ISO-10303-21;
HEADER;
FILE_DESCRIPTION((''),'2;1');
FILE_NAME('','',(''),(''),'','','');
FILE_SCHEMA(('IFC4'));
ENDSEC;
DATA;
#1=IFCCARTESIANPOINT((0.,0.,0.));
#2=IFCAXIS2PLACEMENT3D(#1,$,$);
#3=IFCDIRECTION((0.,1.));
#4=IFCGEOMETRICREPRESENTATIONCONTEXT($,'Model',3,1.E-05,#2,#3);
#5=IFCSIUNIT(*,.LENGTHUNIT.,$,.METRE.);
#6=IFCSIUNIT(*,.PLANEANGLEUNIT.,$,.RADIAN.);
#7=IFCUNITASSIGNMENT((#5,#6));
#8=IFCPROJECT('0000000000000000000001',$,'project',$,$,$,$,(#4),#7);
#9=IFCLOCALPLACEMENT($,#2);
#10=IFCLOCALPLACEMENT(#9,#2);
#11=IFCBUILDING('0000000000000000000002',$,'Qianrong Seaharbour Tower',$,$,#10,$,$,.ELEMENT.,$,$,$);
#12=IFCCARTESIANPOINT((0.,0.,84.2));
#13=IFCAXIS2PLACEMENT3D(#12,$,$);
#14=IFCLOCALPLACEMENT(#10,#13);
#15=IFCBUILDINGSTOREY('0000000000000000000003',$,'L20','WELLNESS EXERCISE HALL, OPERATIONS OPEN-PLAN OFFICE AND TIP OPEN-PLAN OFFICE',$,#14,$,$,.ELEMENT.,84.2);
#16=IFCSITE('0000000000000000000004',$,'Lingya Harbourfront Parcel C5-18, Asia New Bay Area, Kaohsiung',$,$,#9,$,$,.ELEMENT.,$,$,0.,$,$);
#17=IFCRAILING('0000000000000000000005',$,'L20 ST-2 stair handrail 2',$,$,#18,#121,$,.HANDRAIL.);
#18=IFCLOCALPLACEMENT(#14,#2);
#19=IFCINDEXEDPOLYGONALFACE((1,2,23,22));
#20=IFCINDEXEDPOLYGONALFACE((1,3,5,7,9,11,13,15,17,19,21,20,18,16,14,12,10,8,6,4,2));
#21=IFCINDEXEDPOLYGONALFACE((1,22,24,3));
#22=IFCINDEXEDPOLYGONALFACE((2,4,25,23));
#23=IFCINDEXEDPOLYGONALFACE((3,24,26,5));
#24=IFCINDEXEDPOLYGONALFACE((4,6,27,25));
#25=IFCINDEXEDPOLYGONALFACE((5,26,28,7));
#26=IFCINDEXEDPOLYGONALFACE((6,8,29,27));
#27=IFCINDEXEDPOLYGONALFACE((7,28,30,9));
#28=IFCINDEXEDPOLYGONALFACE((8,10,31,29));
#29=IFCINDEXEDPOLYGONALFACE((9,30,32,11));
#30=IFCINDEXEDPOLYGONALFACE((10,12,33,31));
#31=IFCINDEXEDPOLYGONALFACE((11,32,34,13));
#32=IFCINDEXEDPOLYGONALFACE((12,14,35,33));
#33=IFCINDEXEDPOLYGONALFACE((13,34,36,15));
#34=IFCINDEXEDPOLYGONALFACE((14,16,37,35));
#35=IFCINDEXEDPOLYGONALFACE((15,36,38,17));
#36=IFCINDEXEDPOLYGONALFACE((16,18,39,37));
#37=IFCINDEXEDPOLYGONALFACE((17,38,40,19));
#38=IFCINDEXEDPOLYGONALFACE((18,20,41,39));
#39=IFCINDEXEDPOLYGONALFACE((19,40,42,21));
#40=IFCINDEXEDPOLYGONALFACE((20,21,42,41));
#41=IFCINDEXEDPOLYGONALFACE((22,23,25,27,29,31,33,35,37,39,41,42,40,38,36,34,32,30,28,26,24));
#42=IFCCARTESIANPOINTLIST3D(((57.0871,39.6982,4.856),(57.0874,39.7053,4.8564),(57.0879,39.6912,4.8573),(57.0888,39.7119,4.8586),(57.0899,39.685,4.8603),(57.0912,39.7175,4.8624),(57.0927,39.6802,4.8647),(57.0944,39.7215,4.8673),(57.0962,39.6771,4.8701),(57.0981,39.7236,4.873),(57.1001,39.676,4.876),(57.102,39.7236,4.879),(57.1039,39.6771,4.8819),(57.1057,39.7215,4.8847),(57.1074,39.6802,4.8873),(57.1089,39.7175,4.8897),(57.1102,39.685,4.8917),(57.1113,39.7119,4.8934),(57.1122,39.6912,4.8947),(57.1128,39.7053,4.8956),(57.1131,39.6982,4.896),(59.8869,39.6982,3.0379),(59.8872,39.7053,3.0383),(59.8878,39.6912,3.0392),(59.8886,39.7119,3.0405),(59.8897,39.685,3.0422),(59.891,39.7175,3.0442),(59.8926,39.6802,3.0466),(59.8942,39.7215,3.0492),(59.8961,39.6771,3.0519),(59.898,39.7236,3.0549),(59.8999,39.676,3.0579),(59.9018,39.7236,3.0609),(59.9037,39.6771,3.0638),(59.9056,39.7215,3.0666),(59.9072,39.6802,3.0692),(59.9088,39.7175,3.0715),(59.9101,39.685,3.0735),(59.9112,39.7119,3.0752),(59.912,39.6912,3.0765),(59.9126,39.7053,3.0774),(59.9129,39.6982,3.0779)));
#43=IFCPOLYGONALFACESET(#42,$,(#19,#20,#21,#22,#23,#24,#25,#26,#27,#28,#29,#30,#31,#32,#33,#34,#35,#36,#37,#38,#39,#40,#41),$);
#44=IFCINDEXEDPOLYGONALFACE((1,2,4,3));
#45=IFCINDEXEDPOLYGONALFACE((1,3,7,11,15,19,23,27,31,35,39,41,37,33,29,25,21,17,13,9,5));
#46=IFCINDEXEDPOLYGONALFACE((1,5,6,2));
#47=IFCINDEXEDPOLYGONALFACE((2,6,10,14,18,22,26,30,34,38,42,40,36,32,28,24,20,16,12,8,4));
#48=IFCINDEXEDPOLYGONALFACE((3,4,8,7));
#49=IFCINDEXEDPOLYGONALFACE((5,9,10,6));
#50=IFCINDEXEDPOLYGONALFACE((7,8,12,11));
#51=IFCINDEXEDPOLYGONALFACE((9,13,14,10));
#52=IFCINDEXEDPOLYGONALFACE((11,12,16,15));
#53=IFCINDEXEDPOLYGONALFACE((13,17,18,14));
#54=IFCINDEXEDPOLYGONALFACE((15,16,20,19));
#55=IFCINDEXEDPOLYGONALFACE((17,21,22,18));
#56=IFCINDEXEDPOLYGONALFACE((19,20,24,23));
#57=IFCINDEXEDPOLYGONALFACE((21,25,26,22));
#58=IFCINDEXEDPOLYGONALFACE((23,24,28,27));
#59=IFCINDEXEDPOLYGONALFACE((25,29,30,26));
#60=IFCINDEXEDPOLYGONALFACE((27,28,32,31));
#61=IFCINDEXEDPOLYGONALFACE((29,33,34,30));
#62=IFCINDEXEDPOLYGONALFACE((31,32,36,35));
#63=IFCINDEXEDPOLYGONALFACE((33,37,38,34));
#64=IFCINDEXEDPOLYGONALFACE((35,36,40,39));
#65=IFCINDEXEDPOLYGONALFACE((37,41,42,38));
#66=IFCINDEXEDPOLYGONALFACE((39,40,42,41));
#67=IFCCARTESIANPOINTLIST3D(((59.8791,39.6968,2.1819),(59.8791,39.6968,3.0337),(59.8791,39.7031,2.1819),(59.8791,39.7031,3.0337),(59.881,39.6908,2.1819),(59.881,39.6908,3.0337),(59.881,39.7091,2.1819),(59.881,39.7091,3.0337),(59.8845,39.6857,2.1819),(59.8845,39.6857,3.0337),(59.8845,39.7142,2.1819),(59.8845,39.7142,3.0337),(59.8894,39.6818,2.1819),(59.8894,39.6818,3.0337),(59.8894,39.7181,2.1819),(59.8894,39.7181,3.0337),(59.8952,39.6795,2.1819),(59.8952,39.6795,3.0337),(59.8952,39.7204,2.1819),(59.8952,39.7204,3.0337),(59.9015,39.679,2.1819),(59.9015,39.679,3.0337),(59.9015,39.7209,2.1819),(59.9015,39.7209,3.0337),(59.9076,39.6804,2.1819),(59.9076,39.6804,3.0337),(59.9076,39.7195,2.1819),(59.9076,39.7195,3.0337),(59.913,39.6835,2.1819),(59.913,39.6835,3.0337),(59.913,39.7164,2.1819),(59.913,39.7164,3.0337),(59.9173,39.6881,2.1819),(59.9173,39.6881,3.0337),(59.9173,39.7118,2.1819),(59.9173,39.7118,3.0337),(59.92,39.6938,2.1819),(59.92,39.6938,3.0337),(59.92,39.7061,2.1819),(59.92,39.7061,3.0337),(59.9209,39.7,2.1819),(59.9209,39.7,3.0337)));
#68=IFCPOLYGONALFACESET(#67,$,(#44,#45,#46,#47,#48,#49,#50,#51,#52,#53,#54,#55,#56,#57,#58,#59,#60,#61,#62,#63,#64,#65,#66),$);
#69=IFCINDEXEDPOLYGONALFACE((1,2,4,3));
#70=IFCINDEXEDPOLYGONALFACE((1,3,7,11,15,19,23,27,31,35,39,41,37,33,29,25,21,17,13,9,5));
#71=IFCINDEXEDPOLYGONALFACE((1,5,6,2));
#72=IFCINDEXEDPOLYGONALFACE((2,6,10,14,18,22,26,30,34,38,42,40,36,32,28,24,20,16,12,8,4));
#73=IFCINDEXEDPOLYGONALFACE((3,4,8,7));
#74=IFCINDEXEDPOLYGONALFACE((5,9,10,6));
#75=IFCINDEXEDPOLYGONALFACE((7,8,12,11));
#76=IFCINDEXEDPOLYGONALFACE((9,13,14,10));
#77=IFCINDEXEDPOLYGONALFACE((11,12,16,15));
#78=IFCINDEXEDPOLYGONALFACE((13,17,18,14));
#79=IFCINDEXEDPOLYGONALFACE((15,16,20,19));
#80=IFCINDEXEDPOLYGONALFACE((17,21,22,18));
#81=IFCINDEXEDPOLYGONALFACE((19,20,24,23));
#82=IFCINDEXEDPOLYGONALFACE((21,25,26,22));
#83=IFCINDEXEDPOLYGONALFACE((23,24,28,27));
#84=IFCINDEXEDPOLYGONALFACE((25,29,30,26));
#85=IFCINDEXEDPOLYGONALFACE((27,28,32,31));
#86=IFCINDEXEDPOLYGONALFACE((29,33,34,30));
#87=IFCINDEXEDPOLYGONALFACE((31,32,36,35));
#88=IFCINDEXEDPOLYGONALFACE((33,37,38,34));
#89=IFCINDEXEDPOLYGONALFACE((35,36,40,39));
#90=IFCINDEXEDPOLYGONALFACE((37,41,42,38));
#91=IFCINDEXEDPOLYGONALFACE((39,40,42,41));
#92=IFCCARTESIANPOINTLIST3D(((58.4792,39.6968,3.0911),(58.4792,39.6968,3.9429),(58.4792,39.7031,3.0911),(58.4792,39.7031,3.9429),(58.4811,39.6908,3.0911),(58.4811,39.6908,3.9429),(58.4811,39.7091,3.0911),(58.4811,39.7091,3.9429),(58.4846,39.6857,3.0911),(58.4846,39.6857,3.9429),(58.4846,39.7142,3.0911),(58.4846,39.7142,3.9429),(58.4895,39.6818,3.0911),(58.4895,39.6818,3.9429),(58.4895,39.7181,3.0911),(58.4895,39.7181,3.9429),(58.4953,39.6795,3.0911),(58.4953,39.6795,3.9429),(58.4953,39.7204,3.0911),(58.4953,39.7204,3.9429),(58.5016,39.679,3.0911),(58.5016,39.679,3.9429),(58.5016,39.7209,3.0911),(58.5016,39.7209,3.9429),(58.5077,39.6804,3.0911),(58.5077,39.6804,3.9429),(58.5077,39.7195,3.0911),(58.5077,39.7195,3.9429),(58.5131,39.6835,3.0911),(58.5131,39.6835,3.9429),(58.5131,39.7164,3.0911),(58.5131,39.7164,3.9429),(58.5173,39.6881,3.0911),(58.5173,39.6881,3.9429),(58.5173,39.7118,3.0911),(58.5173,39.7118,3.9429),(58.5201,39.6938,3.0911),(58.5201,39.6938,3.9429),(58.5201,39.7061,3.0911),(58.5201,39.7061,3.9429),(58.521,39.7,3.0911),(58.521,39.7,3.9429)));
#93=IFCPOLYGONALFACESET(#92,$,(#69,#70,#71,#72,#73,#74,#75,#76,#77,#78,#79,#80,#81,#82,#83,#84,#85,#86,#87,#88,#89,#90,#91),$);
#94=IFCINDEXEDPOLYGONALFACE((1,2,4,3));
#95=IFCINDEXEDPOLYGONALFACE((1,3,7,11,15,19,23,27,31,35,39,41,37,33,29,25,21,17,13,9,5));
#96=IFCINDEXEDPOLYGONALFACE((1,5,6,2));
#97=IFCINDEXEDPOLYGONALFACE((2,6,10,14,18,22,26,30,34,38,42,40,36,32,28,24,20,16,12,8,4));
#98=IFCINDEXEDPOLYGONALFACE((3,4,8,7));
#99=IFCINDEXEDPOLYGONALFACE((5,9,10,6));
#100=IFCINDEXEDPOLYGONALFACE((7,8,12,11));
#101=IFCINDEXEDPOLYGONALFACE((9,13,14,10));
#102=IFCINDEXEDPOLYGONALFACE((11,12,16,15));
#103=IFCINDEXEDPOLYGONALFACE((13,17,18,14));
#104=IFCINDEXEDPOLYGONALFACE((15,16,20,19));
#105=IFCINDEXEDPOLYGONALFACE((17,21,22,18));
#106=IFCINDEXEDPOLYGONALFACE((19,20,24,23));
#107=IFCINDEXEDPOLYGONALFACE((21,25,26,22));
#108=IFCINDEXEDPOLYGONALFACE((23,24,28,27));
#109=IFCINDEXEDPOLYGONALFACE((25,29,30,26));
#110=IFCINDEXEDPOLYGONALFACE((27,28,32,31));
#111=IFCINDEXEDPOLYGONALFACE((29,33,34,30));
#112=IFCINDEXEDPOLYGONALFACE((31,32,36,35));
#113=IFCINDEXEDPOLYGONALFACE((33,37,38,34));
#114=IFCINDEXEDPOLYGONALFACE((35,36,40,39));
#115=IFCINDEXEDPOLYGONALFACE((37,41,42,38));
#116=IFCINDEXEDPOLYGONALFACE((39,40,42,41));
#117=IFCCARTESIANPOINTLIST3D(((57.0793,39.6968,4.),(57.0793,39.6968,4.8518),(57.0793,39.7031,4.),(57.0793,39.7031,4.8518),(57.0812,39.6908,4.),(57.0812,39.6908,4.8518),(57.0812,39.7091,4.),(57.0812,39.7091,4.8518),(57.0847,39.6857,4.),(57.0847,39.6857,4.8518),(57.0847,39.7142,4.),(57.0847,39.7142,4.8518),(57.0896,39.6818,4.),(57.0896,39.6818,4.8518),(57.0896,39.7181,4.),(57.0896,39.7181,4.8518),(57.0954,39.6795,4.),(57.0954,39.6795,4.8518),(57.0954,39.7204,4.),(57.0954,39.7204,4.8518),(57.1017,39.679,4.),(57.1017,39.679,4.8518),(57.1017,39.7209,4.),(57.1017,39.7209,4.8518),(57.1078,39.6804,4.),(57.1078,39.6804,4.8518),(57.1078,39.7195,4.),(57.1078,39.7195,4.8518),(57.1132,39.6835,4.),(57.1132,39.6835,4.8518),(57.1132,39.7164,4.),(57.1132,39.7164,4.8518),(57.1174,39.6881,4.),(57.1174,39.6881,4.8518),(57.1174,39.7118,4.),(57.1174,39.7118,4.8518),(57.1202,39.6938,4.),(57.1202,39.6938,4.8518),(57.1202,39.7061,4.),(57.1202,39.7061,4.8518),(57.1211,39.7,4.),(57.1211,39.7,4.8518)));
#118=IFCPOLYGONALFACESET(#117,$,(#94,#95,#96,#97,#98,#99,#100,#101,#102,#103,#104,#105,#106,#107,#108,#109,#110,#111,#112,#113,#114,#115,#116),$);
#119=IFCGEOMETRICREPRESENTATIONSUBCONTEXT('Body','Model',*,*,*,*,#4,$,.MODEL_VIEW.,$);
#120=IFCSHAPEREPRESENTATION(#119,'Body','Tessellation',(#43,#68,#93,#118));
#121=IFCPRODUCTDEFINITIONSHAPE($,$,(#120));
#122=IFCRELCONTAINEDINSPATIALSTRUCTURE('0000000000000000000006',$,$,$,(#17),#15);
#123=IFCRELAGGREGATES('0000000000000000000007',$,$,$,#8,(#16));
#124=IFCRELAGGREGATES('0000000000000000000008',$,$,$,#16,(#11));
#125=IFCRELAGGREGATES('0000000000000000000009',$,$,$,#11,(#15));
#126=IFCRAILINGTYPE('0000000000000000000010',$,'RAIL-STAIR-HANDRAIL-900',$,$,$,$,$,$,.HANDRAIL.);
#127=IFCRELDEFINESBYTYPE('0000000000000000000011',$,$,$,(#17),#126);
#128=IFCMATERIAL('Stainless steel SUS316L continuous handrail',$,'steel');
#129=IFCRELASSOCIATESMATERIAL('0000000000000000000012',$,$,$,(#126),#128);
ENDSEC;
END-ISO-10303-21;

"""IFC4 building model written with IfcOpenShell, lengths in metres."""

from ifc_helpers import new_model, si_unit, direction, frame, origin, origin_2d, place, context, subcontext, project, spatial, circle, extrude, material, type_object, element, save


model = new_model("IFC4")

# Units and contexts
model_context = context("Model", 3, precision=1e-05, world=origin(), true_north=direction((0.0, 1.0)))
body_context = subcontext(model_context, "Body", "Model", "MODEL_VIEW")
ifc_project = project(units=[si_unit("LENGTHUNIT", "METRE"), si_unit("PLANEANGLEUNIT", "RADIAN")], contexts=[model_context])

# Site, building, storey
site_placement = place(None, origin())
site = spatial("IfcSite", under=ifc_project, at=site_placement, Name="Lingya Harbourfront Parcel C5-18, Asia New Bay Area, Kaohsiung", CompositionType="ELEMENT", RefElevation=0.0)
building_placement = place(site_placement, origin())
building = spatial("IfcBuilding", under=site, at=building_placement, Name="Qianrong Seaharbour Tower", CompositionType="ELEMENT")
storey_placement = place(building_placement, frame((0.0, 0.0, 84.2)))
storey = spatial("IfcBuildingStorey", under=building, at=storey_placement, Name="L20", Description="WELLNESS EXERCISE HALL, OPERATIONS OPEN-PLAN OFFICE AND TIP OPEN-PLAN OFFICE", CompositionType="ELEMENT", Elevation=84.2)

# Railing
ifc_material_1 = material(Name="Stainless steel SUS316L continuous handrail", Category="steel")
railing_type_1 = type_object("IfcRailingType", Name="RAIL-STAIR-HANDRAIL-900", PredefinedType="HANDRAIL", material=ifc_material_1)
railing_1_placement = place(storey_placement, frame((59.8999, 39.7, 2.1819)))
element("IfcRailing", 1, at=railing_1_placement, inside=storey, type_object=railing_type_1, Name="L20 ST-2 stair handrail 2", PredefinedType="HANDRAIL", context=body_context, shape_type="SweptSolid", body=[
    extrude(circle(Radius=0.0239, at=origin_2d()), frame((0.0, 0.0, 0.876), z_axis=(-0.838684, 0.0, 0.544618), x_axis=(0.0, -1.0, 0.0)), (0.0, 0.0, 1.0), 3.3384),
    extrude(circle(Radius=0.021, at=origin_2d()), origin(), (0.0, 0.0, 1.0), 0.8518),
    extrude(circle(Radius=0.021, at=origin_2d()), frame((-1.3999, 0.0, 0.9092)), (0.0, 0.0, 1.0), 0.8518),
    extrude(circle(Radius=0.021, at=origin_2d()), frame((-2.7998, 0.0, 1.8181)), (0.0, 0.0, 1.0), 0.8518),
])

save(model, "model.ifc")
